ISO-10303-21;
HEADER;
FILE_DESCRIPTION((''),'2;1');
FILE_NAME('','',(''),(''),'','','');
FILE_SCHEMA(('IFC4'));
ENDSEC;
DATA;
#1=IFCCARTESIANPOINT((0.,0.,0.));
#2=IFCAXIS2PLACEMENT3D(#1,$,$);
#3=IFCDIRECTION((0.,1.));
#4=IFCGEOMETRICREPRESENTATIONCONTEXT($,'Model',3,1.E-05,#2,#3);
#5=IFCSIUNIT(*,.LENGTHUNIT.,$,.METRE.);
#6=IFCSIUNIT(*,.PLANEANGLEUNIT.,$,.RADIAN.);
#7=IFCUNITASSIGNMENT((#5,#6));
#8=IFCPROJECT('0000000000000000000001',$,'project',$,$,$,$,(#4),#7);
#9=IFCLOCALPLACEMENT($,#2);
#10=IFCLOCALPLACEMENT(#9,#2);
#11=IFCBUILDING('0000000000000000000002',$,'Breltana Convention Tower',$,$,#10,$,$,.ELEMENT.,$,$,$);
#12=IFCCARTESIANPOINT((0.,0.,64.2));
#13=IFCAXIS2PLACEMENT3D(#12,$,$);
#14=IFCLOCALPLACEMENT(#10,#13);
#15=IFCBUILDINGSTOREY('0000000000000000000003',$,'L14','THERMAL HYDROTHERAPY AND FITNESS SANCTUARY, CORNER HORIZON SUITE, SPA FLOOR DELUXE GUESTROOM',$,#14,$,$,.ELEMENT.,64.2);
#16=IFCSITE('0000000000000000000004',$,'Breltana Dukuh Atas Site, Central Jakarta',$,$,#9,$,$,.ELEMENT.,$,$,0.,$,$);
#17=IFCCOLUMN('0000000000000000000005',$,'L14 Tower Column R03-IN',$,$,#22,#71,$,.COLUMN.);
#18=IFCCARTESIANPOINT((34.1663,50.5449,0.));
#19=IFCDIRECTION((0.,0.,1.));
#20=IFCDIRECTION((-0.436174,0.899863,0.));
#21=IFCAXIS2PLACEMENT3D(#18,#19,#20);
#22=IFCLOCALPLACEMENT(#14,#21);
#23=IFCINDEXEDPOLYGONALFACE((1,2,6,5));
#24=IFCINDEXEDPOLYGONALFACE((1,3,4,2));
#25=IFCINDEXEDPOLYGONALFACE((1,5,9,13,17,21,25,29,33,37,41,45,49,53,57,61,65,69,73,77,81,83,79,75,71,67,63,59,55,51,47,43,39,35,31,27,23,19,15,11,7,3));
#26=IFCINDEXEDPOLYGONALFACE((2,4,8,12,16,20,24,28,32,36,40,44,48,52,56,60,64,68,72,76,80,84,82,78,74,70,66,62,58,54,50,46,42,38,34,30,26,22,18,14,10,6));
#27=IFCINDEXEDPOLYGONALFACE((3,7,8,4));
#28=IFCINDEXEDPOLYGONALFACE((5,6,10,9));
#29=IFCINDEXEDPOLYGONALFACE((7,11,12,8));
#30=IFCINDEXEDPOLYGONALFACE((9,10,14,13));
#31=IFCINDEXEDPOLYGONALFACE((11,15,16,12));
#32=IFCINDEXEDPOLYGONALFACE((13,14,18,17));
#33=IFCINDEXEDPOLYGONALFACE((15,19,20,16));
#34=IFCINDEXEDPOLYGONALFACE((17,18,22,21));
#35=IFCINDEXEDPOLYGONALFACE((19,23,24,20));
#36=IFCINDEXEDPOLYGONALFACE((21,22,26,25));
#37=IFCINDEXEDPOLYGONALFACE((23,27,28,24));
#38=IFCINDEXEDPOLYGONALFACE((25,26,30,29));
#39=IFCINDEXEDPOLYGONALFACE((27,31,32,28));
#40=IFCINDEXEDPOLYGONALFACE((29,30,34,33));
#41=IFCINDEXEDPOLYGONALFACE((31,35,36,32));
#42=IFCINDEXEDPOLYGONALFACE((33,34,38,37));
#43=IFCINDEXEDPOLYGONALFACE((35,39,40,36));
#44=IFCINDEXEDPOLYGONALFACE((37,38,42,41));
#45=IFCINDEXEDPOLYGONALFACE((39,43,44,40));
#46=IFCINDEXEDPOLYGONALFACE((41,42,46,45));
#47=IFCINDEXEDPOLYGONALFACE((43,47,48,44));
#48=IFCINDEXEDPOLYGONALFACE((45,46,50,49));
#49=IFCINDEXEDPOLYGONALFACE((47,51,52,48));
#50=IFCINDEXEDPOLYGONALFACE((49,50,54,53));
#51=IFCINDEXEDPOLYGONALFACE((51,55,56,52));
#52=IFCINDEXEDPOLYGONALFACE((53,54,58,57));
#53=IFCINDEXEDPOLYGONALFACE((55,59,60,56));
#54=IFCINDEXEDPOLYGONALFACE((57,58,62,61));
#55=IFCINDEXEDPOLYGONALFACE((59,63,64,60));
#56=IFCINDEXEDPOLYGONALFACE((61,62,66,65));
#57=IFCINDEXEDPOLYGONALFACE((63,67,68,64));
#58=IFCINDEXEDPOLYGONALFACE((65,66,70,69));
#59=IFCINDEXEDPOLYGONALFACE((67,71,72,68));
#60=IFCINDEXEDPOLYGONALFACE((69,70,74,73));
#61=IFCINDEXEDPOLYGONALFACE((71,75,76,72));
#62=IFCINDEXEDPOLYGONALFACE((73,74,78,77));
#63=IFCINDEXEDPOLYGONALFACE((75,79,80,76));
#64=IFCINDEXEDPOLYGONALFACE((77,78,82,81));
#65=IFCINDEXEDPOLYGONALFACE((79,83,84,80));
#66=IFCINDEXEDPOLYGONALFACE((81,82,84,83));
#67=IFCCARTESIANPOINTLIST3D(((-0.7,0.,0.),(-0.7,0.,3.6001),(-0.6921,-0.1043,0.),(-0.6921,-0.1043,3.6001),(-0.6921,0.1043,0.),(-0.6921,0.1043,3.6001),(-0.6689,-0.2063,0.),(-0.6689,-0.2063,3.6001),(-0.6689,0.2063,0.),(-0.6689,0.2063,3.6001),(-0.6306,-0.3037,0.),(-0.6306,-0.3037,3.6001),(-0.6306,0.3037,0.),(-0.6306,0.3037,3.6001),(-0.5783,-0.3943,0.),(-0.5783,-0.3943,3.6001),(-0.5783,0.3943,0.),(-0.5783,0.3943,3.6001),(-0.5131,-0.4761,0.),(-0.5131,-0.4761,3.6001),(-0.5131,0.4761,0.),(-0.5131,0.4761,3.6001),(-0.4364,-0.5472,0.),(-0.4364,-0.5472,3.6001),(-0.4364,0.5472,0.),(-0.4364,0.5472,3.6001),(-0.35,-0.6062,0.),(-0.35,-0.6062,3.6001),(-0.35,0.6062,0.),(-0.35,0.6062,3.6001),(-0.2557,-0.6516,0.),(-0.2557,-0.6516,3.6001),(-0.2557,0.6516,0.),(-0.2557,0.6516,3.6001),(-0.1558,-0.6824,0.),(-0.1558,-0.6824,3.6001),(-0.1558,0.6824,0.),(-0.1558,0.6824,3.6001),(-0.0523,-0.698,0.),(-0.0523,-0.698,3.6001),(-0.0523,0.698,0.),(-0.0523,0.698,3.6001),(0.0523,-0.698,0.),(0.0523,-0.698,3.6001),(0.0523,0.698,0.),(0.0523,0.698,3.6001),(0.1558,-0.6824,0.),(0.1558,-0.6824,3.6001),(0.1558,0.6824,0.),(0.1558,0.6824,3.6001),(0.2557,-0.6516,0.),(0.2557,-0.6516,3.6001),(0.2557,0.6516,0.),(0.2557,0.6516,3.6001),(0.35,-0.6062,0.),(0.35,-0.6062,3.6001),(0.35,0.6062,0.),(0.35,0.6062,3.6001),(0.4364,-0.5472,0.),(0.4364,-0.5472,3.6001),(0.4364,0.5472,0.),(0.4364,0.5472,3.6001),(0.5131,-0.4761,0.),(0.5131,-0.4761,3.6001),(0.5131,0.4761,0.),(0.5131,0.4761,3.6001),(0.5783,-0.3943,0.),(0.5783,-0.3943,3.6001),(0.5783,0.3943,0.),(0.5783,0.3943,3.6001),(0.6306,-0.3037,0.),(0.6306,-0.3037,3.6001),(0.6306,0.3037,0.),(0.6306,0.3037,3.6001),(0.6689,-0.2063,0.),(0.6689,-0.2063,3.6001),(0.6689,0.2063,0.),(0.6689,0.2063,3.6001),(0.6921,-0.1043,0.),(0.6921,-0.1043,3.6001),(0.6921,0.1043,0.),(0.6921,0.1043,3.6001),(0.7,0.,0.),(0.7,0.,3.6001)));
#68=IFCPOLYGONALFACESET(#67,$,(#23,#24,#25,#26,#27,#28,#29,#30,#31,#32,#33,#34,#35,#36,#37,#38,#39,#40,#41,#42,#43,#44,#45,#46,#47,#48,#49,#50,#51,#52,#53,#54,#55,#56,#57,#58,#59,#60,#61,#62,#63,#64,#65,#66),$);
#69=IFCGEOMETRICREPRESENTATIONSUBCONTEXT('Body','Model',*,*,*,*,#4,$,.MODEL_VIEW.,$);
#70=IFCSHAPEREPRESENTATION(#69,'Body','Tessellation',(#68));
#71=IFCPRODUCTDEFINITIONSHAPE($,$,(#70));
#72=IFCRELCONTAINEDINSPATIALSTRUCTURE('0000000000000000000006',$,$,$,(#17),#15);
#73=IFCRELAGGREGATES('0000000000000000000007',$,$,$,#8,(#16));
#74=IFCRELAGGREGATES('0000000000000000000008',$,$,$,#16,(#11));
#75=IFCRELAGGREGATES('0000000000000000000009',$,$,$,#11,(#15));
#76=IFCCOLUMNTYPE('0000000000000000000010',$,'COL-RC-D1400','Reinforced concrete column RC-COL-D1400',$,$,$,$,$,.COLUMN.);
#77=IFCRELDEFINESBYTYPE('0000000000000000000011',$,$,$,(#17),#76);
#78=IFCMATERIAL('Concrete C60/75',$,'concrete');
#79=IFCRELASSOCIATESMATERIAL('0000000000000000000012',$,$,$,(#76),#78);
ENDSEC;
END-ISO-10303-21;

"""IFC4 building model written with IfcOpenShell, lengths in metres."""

from ifc_helpers import new_model, si_unit, direction, frame, origin, origin_2d, place, context, subcontext, project, spatial, circle, extrude, source, transform, mapped, material, material_profile, profile_set, type_object, element, save


model = new_model("IFC4")

# Units and contexts
model_context = context("Model", 3, precision=1e-05, world=origin(), true_north=direction((0.0, 1.0)))
body_context = subcontext(model_context, "Body", "Model", "MODEL_VIEW")
ifc_project = project(units=[si_unit("LENGTHUNIT", "METRE"), si_unit("PLANEANGLEUNIT", "RADIAN")], contexts=[model_context])

# Site, building, storey
site_placement = place(None, origin())
site = spatial("IfcSite", under=ifc_project, at=site_placement, Name="Breltana Dukuh Atas Site, Central Jakarta", CompositionType="ELEMENT", RefElevation=0.0)
building_placement = place(site_placement, origin())
building = spatial("IfcBuilding", under=site, at=building_placement, Name="Breltana Convention Tower", CompositionType="ELEMENT")
storey_placement = place(building_placement, frame((0.0, 0.0, 64.2)))
storey = spatial("IfcBuildingStorey", under=building, at=storey_placement, Name="L14", Description="THERMAL HYDROTHERAPY AND FITNESS SANCTUARY, CORNER HORIZON SUITE, SPA FLOOR DELUXE GUESTROOM", CompositionType="ELEMENT", Elevation=64.2)

# Column
ifc_material_1 = material(Name="Concrete C60/75", Category="concrete")
ifc_material_profile_1 = material_profile(ifc_material_1, circle(Radius=0.7, at=origin_2d()), Name="RC-COL-D1400")
ifc_profile_set_1 = profile_set([ifc_material_profile_1], Name="Concrete C60/75")
column_type_1 = type_object("IfcColumnType", Name="COL-RC-D1400", Description="Reinforced concrete column RC-COL-D1400", PredefinedType="COLUMN", material=ifc_profile_set_1)
shared_shape_1 = source(origin(), body_context, "Body", "SweptSolid", [
    extrude(circle(Radius=0.7, at=origin_2d()), origin(), (0.0, 0.0, 1.0), 3.6001),
])
for number, where, z_axis, x_axis, name in (
    (1, (34.1663, 50.5449, 0.0), (0.0, 0.0, 1.0), (-0.436174, 0.899863, 0.0), "L14 Tower Column R03-IN"),
):
    element("IfcColumn", number, at=place(storey_placement, frame(where, z_axis=z_axis, x_axis=x_axis)), inside=storey, type_object=column_type_1, Name=name, PredefinedType="COLUMN", context=body_context, shape_type="MappedRepresentation", body=[
        mapped(shared_shape_1, transform((0.0, 0.0, 0.0), scale=1.0)),
    ])

save(model, "model.ifc")
